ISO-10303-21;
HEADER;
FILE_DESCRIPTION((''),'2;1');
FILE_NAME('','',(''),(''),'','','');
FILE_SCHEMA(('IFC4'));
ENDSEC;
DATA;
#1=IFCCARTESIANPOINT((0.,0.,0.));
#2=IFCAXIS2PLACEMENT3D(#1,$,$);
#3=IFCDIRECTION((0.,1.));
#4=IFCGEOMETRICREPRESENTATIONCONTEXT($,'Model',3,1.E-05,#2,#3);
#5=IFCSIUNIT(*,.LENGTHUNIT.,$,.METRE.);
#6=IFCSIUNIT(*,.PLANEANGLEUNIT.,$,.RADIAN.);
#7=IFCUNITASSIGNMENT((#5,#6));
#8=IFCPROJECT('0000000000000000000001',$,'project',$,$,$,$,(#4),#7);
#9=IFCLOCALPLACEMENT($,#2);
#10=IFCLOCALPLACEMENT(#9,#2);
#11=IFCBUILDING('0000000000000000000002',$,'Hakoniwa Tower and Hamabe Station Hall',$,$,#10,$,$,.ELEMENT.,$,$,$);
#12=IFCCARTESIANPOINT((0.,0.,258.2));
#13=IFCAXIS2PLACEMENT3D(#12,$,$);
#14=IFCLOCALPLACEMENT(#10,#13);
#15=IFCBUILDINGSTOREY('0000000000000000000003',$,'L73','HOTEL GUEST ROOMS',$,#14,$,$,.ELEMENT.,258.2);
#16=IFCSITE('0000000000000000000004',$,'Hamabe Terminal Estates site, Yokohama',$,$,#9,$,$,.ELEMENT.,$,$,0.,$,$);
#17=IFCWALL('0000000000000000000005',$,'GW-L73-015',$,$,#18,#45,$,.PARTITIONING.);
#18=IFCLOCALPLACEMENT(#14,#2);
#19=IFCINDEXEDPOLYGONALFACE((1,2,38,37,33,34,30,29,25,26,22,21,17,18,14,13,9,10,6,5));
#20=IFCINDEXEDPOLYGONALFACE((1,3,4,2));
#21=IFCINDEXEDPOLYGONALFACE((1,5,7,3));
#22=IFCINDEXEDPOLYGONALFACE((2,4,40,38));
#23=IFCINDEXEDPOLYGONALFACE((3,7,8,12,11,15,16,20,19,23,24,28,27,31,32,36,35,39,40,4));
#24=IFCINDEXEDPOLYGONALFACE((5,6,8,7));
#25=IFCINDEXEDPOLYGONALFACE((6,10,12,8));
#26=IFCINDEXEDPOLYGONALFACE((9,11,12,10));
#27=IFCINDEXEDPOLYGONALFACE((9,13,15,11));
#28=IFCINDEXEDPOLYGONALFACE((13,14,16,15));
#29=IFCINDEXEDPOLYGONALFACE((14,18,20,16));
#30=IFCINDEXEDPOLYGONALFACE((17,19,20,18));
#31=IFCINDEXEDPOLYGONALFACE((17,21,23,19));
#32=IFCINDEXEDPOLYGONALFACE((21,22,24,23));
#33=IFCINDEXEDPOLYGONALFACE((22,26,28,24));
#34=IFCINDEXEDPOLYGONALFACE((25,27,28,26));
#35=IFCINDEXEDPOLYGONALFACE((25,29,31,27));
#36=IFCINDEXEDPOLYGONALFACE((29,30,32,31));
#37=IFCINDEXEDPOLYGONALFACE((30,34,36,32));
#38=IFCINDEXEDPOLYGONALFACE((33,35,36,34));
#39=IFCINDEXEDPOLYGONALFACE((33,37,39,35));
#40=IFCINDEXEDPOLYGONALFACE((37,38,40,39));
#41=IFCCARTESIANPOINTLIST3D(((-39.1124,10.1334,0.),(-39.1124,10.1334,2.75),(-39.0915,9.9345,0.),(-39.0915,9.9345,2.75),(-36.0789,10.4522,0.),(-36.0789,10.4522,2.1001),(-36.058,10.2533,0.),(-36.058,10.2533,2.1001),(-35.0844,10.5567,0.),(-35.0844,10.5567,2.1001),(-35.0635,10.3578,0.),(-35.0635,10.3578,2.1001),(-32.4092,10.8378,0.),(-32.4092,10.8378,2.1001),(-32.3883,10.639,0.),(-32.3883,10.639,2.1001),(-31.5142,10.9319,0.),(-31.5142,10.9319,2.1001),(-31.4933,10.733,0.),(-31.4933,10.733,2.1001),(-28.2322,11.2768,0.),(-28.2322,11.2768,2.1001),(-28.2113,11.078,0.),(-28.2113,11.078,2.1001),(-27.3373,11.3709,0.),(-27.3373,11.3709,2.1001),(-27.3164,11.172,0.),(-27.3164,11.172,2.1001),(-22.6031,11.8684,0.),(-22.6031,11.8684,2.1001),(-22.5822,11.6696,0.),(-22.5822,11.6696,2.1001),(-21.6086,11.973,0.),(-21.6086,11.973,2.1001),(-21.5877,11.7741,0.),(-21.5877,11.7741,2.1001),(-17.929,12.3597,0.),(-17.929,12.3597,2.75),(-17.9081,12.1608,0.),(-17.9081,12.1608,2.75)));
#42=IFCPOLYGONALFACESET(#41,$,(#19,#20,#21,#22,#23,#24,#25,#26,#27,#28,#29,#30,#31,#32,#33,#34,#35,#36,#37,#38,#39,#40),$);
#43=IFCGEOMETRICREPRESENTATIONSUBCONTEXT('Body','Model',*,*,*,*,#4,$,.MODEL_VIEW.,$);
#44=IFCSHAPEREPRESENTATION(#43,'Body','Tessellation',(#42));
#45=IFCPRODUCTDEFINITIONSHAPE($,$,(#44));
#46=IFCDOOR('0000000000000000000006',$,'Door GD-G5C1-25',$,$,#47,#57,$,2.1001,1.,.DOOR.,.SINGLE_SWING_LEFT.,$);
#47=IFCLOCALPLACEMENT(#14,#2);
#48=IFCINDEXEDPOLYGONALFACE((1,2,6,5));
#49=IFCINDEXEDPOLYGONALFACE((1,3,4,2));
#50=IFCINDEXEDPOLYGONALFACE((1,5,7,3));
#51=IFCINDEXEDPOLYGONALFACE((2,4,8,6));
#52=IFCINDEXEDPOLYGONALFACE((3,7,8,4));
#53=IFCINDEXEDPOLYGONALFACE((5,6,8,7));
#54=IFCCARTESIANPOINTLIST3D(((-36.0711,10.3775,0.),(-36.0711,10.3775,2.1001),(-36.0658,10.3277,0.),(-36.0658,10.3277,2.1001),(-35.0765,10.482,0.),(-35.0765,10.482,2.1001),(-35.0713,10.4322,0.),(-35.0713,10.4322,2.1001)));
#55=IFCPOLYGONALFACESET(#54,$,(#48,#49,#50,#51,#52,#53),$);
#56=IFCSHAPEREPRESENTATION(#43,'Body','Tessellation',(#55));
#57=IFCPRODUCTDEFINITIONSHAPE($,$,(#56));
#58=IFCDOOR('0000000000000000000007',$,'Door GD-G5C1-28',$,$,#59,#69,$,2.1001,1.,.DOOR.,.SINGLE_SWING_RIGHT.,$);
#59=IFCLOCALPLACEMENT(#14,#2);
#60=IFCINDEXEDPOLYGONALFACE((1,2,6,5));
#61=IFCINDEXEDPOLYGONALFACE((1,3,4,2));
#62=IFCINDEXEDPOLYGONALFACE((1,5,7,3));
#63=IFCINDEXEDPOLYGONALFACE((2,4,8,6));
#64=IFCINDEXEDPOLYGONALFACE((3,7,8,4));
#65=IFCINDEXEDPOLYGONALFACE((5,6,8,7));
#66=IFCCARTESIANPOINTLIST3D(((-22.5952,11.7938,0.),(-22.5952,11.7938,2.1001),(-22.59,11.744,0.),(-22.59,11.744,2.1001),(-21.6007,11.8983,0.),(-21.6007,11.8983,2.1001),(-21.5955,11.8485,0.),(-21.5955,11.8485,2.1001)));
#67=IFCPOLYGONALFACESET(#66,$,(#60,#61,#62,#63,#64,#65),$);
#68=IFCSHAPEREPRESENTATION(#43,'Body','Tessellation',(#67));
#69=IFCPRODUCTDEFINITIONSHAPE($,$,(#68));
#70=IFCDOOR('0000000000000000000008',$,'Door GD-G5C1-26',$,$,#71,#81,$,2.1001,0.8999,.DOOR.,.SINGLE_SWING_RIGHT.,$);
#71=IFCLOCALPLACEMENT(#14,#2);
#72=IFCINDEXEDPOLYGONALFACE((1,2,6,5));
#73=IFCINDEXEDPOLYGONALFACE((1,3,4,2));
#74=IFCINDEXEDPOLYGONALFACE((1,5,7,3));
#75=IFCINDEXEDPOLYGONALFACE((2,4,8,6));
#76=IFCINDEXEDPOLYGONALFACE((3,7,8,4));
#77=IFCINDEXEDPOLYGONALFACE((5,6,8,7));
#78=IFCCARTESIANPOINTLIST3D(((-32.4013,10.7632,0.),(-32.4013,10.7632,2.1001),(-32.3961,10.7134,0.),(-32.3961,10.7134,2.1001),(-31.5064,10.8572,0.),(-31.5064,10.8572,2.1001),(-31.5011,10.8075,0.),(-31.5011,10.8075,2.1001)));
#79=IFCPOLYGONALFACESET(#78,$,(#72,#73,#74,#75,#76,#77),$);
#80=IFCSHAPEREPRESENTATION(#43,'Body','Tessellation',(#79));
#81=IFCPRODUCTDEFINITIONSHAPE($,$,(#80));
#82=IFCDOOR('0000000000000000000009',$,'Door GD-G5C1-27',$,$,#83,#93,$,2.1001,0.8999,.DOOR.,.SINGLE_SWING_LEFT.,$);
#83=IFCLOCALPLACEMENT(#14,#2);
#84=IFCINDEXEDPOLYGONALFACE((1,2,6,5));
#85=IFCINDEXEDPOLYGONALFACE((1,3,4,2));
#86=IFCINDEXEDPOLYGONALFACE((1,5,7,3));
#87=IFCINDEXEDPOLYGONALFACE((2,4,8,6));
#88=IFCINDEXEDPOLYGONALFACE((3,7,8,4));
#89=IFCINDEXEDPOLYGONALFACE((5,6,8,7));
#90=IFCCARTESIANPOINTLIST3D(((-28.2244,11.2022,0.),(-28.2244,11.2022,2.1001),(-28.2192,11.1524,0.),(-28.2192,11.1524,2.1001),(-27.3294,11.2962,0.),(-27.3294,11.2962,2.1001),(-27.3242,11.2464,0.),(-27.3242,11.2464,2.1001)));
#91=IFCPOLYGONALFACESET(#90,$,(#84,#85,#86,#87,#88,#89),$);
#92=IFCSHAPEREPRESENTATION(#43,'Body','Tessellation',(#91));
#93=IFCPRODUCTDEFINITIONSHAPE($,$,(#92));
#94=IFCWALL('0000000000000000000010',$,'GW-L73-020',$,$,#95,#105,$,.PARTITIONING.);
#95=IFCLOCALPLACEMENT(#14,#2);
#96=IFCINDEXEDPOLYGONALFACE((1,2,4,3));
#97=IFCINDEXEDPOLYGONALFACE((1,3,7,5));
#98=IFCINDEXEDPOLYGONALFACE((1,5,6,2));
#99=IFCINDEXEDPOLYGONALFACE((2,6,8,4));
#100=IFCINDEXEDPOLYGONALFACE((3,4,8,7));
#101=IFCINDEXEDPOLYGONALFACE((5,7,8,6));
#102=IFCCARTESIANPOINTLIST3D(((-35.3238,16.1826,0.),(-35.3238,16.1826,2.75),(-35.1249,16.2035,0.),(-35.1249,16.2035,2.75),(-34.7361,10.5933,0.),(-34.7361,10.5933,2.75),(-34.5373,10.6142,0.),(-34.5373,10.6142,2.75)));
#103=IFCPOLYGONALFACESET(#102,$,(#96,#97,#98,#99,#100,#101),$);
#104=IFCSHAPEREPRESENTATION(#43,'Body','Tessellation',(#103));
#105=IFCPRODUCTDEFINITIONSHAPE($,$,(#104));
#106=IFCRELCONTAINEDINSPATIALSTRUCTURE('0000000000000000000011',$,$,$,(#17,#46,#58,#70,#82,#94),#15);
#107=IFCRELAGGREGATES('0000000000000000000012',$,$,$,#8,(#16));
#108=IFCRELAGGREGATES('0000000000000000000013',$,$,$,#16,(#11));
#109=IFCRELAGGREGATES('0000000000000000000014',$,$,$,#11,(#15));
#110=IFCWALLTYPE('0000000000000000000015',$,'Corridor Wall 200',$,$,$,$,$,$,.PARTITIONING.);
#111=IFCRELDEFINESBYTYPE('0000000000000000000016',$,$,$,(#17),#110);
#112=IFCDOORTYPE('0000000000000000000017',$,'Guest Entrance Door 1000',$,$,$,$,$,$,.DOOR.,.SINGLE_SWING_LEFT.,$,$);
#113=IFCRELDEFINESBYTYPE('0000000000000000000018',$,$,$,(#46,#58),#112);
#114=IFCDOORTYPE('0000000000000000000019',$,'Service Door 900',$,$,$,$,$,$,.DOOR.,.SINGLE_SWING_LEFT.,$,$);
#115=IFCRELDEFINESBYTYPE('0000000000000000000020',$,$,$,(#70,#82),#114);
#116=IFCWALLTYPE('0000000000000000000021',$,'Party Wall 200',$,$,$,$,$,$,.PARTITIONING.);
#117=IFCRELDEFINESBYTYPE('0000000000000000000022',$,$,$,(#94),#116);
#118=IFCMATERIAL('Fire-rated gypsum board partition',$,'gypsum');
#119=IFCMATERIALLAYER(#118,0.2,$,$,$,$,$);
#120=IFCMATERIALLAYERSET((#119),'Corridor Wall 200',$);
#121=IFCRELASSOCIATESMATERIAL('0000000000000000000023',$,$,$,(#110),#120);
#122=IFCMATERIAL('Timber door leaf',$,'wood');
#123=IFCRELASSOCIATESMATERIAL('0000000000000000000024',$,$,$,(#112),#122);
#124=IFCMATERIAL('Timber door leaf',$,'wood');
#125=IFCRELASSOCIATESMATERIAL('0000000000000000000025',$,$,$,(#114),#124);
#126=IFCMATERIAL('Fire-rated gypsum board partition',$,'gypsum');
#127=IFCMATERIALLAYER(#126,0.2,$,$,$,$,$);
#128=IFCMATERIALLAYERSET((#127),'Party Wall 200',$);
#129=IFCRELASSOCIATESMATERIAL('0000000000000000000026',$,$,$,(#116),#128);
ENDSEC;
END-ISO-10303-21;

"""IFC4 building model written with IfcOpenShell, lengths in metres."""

from ifc_helpers import new_model, si_unit, direction, frame, frame_2d, origin, place, context, subcontext, project, spatial, rectangle, extrude, material, layer, layer_set, type_object, element, fill, save


model = new_model("IFC4")

# Units and contexts
model_context = context("Model", 3, precision=1e-05, world=origin(), true_north=direction((0.0, 1.0)))
body_context = subcontext(model_context, "Body", "Model", "MODEL_VIEW")
ifc_project = project(units=[si_unit("LENGTHUNIT", "METRE"), si_unit("PLANEANGLEUNIT", "RADIAN")], contexts=[model_context])

# Site, building, storey
site_placement = place(None, origin())
site = spatial("IfcSite", under=ifc_project, at=site_placement, Name="Hamabe Terminal Estates site, Yokohama", CompositionType="ELEMENT", RefElevation=0.0)
building_placement = place(site_placement, origin())
building = spatial("IfcBuilding", under=site, at=building_placement, Name="Hakoniwa Tower and Hamabe Station Hall", CompositionType="ELEMENT")
storey_placement = place(building_placement, frame((0.0, 0.0, 258.2)))
storey = spatial("IfcBuildingStorey", under=building, at=storey_placement, Name="L73", Description="HOTEL GUEST ROOMS", CompositionType="ELEMENT", Elevation=258.2)

# Wall, openings, doors
ifc_material_1 = material(Name="Fire-rated gypsum board partition", Category="gypsum")
ifc_layer_1 = layer(ifc_material_1, 0.2)
ifc_layer_set_1 = layer_set([ifc_layer_1], Name="Corridor Wall 200")
wall_type_1 = type_object("IfcWallType", Name="Corridor Wall 200", PredefinedType="PARTITIONING", material=ifc_layer_set_1)
wall_1_placement = place(storey_placement, frame((-39.1018, 10.0339, 0.0), z_axis=(0.0, 0.0, 1.0), x_axis=(0.994523, 0.104522, 0.0)))
wall_1 = element("IfcWall", 1, at=wall_1_placement, inside=storey, type_object=wall_type_1, Name="GW-L73-015", PredefinedType="PARTITIONING", context=body_context, shape_type="SweptSolid", body=[
    extrude(rectangle(XDim=21.3, YDim=0.2, at=frame_2d((10.6499, 0.0))), origin(), (0.0, 0.0, 1.0), 2.75),
])
opening_1_placement = place(wall_1_placement, frame((3.05, 0.0, 0.0)))
opening_1 = element("IfcOpeningElement", 2, at=opening_1_placement, cuts=wall_1, PredefinedType="OPENING", context=body_context, shape_type="SweptSolid", body=[
    extrude(rectangle(XDim=1.0, YDim=2.1001, at=frame_2d((0.5, 1.05))), frame((0.0, 0.1099, 0.0), z_axis=(0.0, -1.0, 0.0), x_axis=(1.0, 0.0, 0.0)), (0.0, 0.0, 1.0), 0.22),
])
opening_2_placement = place(wall_1_placement, frame((6.74, 0.0, 0.0)))
opening_2 = element("IfcOpeningElement", 3, at=opening_2_placement, cuts=wall_1, PredefinedType="OPENING", context=body_context, shape_type="SweptSolid", body=[
    extrude(rectangle(XDim=0.8999, YDim=2.1001, at=frame_2d((0.45, 1.05))), frame((0.0, 0.1099, 0.0), z_axis=(0.0, -1.0, 0.0), x_axis=(1.0, 0.0, 0.0)), (0.0, 0.0, 1.0), 0.22),
])
opening_3_placement = place(wall_1_placement, frame((10.9399, 0.0, 0.0)))
opening_3 = element("IfcOpeningElement", 4, at=opening_3_placement, cuts=wall_1, PredefinedType="OPENING", context=body_context, shape_type="SweptSolid", body=[
    extrude(rectangle(XDim=0.8999, YDim=2.1001, at=frame_2d((0.45, 1.05))), frame((0.0, 0.1099, 0.0), z_axis=(0.0, -1.0, 0.0), x_axis=(1.0, 0.0, 0.0)), (0.0, 0.0, 1.0), 0.22),
])
opening_4_placement = place(wall_1_placement, frame((16.6001, 0.0, 0.0)))
opening_4 = element("IfcOpeningElement", 5, at=opening_4_placement, cuts=wall_1, PredefinedType="OPENING", context=body_context, shape_type="SweptSolid", body=[
    extrude(rectangle(XDim=1.0, YDim=2.1001, at=frame_2d((0.5, 1.05))), frame((0.0, 0.1099, 0.0), z_axis=(0.0, -1.0, 0.0), x_axis=(1.0, 0.0, 0.0)), (0.0, 0.0, 1.0), 0.22),
])
ifc_material_2 = material(Name="Timber door leaf", Category="wood")
door_type_1 = type_object("IfcDoorType", Name="Guest Entrance Door 1000", OperationType="SINGLE_SWING_LEFT", PredefinedType="DOOR", material=ifc_material_2)
door_1_placement = place(opening_1_placement, origin())
door_1 = element("IfcDoor", 6, at=door_1_placement, inside=storey, type_object=door_type_1, Name="Door GD-G5C1-25", OperationType="SINGLE_SWING_LEFT", OverallHeight=2.1001, OverallWidth=1.0, PredefinedType="DOOR", context=body_context, shape_type="SweptSolid", body=[
    extrude(rectangle(XDim=1.0, YDim=2.1001, at=frame_2d((0.5, 1.05))), frame((0.0, 0.0249, 0.0), z_axis=(0.0, -1.0, 0.0), x_axis=(1.0, 0.0, 0.0)), (0.0, 0.0, 1.0), 0.05),
])
fill(opening_1, door_1)
door_2_placement = place(opening_4_placement, origin())
door_2 = element("IfcDoor", 7, at=door_2_placement, inside=storey, type_object=door_type_1, Name="Door GD-G5C1-28", OperationType="SINGLE_SWING_RIGHT", OverallHeight=2.1001, OverallWidth=1.0, PredefinedType="DOOR", context=body_context, shape_type="SweptSolid", body=[
    extrude(rectangle(XDim=1.0, YDim=2.1001, at=frame_2d((0.5, 1.05))), frame((0.0, 0.0249, 0.0), z_axis=(0.0, -1.0, 0.0), x_axis=(1.0, 0.0, 0.0)), (0.0, 0.0, 1.0), 0.05),
])
fill(opening_4, door_2)
ifc_material_3 = material(Name="Timber door leaf", Category="wood")
door_type_2 = type_object("IfcDoorType", Name="Service Door 900", OperationType="SINGLE_SWING_LEFT", PredefinedType="DOOR", material=ifc_material_3)
door_3_placement = place(opening_2_placement, origin())
door_3 = element("IfcDoor", 8, at=door_3_placement, inside=storey, type_object=door_type_2, Name="Door GD-G5C1-26", OperationType="SINGLE_SWING_RIGHT", OverallHeight=2.1001, OverallWidth=0.8999, PredefinedType="DOOR", context=body_context, shape_type="SweptSolid", body=[
    extrude(rectangle(XDim=0.8999, YDim=2.1001, at=frame_2d((0.45, 1.05))), frame((0.0, 0.0249, 0.0), z_axis=(0.0, -1.0, 0.0), x_axis=(1.0, 0.0, 0.0)), (0.0, 0.0, 1.0), 0.05),
])
fill(opening_2, door_3)
door_4_placement = place(opening_3_placement, origin())
door_4 = element("IfcDoor", 9, at=door_4_placement, inside=storey, type_object=door_type_2, Name="Door GD-G5C1-27", OperationType="SINGLE_SWING_LEFT", OverallHeight=2.1001, OverallWidth=0.8999, PredefinedType="DOOR", context=body_context, shape_type="SweptSolid", body=[
    extrude(rectangle(XDim=0.8999, YDim=2.1001, at=frame_2d((0.45, 1.05))), frame((0.0, 0.0249, 0.0), z_axis=(0.0, -1.0, 0.0), x_axis=(1.0, 0.0, 0.0)), (0.0, 0.0, 1.0), 0.05),
])
fill(opening_3, door_4)

# Wall
ifc_material_4 = material(Name="Fire-rated gypsum board partition", Category="gypsum")
ifc_layer_2 = layer(ifc_material_4, 0.2)
ifc_layer_set_2 = layer_set([ifc_layer_2], Name="Party Wall 200")
wall_type_2 = type_object("IfcWallType", Name="Party Wall 200", PredefinedType="PARTITIONING", material=ifc_layer_set_2)
wall_2_placement = place(storey_placement, frame((-34.6367, 10.6038, 0.0), z_axis=(0.0, 0.0, 1.0), x_axis=(-0.10456, 0.994519, 0.0)))
element("IfcWall", 10, at=wall_2_placement, inside=storey, type_object=wall_type_2, Name="GW-L73-020", PredefinedType="PARTITIONING", context=body_context, shape_type="SweptSolid", body=[
    extrude(rectangle(XDim=5.6201, YDim=0.2, at=frame_2d((2.8101, 0.0))), origin(), (0.0, 0.0, 1.0), 2.75),
])

save(model, "model.ifc")
